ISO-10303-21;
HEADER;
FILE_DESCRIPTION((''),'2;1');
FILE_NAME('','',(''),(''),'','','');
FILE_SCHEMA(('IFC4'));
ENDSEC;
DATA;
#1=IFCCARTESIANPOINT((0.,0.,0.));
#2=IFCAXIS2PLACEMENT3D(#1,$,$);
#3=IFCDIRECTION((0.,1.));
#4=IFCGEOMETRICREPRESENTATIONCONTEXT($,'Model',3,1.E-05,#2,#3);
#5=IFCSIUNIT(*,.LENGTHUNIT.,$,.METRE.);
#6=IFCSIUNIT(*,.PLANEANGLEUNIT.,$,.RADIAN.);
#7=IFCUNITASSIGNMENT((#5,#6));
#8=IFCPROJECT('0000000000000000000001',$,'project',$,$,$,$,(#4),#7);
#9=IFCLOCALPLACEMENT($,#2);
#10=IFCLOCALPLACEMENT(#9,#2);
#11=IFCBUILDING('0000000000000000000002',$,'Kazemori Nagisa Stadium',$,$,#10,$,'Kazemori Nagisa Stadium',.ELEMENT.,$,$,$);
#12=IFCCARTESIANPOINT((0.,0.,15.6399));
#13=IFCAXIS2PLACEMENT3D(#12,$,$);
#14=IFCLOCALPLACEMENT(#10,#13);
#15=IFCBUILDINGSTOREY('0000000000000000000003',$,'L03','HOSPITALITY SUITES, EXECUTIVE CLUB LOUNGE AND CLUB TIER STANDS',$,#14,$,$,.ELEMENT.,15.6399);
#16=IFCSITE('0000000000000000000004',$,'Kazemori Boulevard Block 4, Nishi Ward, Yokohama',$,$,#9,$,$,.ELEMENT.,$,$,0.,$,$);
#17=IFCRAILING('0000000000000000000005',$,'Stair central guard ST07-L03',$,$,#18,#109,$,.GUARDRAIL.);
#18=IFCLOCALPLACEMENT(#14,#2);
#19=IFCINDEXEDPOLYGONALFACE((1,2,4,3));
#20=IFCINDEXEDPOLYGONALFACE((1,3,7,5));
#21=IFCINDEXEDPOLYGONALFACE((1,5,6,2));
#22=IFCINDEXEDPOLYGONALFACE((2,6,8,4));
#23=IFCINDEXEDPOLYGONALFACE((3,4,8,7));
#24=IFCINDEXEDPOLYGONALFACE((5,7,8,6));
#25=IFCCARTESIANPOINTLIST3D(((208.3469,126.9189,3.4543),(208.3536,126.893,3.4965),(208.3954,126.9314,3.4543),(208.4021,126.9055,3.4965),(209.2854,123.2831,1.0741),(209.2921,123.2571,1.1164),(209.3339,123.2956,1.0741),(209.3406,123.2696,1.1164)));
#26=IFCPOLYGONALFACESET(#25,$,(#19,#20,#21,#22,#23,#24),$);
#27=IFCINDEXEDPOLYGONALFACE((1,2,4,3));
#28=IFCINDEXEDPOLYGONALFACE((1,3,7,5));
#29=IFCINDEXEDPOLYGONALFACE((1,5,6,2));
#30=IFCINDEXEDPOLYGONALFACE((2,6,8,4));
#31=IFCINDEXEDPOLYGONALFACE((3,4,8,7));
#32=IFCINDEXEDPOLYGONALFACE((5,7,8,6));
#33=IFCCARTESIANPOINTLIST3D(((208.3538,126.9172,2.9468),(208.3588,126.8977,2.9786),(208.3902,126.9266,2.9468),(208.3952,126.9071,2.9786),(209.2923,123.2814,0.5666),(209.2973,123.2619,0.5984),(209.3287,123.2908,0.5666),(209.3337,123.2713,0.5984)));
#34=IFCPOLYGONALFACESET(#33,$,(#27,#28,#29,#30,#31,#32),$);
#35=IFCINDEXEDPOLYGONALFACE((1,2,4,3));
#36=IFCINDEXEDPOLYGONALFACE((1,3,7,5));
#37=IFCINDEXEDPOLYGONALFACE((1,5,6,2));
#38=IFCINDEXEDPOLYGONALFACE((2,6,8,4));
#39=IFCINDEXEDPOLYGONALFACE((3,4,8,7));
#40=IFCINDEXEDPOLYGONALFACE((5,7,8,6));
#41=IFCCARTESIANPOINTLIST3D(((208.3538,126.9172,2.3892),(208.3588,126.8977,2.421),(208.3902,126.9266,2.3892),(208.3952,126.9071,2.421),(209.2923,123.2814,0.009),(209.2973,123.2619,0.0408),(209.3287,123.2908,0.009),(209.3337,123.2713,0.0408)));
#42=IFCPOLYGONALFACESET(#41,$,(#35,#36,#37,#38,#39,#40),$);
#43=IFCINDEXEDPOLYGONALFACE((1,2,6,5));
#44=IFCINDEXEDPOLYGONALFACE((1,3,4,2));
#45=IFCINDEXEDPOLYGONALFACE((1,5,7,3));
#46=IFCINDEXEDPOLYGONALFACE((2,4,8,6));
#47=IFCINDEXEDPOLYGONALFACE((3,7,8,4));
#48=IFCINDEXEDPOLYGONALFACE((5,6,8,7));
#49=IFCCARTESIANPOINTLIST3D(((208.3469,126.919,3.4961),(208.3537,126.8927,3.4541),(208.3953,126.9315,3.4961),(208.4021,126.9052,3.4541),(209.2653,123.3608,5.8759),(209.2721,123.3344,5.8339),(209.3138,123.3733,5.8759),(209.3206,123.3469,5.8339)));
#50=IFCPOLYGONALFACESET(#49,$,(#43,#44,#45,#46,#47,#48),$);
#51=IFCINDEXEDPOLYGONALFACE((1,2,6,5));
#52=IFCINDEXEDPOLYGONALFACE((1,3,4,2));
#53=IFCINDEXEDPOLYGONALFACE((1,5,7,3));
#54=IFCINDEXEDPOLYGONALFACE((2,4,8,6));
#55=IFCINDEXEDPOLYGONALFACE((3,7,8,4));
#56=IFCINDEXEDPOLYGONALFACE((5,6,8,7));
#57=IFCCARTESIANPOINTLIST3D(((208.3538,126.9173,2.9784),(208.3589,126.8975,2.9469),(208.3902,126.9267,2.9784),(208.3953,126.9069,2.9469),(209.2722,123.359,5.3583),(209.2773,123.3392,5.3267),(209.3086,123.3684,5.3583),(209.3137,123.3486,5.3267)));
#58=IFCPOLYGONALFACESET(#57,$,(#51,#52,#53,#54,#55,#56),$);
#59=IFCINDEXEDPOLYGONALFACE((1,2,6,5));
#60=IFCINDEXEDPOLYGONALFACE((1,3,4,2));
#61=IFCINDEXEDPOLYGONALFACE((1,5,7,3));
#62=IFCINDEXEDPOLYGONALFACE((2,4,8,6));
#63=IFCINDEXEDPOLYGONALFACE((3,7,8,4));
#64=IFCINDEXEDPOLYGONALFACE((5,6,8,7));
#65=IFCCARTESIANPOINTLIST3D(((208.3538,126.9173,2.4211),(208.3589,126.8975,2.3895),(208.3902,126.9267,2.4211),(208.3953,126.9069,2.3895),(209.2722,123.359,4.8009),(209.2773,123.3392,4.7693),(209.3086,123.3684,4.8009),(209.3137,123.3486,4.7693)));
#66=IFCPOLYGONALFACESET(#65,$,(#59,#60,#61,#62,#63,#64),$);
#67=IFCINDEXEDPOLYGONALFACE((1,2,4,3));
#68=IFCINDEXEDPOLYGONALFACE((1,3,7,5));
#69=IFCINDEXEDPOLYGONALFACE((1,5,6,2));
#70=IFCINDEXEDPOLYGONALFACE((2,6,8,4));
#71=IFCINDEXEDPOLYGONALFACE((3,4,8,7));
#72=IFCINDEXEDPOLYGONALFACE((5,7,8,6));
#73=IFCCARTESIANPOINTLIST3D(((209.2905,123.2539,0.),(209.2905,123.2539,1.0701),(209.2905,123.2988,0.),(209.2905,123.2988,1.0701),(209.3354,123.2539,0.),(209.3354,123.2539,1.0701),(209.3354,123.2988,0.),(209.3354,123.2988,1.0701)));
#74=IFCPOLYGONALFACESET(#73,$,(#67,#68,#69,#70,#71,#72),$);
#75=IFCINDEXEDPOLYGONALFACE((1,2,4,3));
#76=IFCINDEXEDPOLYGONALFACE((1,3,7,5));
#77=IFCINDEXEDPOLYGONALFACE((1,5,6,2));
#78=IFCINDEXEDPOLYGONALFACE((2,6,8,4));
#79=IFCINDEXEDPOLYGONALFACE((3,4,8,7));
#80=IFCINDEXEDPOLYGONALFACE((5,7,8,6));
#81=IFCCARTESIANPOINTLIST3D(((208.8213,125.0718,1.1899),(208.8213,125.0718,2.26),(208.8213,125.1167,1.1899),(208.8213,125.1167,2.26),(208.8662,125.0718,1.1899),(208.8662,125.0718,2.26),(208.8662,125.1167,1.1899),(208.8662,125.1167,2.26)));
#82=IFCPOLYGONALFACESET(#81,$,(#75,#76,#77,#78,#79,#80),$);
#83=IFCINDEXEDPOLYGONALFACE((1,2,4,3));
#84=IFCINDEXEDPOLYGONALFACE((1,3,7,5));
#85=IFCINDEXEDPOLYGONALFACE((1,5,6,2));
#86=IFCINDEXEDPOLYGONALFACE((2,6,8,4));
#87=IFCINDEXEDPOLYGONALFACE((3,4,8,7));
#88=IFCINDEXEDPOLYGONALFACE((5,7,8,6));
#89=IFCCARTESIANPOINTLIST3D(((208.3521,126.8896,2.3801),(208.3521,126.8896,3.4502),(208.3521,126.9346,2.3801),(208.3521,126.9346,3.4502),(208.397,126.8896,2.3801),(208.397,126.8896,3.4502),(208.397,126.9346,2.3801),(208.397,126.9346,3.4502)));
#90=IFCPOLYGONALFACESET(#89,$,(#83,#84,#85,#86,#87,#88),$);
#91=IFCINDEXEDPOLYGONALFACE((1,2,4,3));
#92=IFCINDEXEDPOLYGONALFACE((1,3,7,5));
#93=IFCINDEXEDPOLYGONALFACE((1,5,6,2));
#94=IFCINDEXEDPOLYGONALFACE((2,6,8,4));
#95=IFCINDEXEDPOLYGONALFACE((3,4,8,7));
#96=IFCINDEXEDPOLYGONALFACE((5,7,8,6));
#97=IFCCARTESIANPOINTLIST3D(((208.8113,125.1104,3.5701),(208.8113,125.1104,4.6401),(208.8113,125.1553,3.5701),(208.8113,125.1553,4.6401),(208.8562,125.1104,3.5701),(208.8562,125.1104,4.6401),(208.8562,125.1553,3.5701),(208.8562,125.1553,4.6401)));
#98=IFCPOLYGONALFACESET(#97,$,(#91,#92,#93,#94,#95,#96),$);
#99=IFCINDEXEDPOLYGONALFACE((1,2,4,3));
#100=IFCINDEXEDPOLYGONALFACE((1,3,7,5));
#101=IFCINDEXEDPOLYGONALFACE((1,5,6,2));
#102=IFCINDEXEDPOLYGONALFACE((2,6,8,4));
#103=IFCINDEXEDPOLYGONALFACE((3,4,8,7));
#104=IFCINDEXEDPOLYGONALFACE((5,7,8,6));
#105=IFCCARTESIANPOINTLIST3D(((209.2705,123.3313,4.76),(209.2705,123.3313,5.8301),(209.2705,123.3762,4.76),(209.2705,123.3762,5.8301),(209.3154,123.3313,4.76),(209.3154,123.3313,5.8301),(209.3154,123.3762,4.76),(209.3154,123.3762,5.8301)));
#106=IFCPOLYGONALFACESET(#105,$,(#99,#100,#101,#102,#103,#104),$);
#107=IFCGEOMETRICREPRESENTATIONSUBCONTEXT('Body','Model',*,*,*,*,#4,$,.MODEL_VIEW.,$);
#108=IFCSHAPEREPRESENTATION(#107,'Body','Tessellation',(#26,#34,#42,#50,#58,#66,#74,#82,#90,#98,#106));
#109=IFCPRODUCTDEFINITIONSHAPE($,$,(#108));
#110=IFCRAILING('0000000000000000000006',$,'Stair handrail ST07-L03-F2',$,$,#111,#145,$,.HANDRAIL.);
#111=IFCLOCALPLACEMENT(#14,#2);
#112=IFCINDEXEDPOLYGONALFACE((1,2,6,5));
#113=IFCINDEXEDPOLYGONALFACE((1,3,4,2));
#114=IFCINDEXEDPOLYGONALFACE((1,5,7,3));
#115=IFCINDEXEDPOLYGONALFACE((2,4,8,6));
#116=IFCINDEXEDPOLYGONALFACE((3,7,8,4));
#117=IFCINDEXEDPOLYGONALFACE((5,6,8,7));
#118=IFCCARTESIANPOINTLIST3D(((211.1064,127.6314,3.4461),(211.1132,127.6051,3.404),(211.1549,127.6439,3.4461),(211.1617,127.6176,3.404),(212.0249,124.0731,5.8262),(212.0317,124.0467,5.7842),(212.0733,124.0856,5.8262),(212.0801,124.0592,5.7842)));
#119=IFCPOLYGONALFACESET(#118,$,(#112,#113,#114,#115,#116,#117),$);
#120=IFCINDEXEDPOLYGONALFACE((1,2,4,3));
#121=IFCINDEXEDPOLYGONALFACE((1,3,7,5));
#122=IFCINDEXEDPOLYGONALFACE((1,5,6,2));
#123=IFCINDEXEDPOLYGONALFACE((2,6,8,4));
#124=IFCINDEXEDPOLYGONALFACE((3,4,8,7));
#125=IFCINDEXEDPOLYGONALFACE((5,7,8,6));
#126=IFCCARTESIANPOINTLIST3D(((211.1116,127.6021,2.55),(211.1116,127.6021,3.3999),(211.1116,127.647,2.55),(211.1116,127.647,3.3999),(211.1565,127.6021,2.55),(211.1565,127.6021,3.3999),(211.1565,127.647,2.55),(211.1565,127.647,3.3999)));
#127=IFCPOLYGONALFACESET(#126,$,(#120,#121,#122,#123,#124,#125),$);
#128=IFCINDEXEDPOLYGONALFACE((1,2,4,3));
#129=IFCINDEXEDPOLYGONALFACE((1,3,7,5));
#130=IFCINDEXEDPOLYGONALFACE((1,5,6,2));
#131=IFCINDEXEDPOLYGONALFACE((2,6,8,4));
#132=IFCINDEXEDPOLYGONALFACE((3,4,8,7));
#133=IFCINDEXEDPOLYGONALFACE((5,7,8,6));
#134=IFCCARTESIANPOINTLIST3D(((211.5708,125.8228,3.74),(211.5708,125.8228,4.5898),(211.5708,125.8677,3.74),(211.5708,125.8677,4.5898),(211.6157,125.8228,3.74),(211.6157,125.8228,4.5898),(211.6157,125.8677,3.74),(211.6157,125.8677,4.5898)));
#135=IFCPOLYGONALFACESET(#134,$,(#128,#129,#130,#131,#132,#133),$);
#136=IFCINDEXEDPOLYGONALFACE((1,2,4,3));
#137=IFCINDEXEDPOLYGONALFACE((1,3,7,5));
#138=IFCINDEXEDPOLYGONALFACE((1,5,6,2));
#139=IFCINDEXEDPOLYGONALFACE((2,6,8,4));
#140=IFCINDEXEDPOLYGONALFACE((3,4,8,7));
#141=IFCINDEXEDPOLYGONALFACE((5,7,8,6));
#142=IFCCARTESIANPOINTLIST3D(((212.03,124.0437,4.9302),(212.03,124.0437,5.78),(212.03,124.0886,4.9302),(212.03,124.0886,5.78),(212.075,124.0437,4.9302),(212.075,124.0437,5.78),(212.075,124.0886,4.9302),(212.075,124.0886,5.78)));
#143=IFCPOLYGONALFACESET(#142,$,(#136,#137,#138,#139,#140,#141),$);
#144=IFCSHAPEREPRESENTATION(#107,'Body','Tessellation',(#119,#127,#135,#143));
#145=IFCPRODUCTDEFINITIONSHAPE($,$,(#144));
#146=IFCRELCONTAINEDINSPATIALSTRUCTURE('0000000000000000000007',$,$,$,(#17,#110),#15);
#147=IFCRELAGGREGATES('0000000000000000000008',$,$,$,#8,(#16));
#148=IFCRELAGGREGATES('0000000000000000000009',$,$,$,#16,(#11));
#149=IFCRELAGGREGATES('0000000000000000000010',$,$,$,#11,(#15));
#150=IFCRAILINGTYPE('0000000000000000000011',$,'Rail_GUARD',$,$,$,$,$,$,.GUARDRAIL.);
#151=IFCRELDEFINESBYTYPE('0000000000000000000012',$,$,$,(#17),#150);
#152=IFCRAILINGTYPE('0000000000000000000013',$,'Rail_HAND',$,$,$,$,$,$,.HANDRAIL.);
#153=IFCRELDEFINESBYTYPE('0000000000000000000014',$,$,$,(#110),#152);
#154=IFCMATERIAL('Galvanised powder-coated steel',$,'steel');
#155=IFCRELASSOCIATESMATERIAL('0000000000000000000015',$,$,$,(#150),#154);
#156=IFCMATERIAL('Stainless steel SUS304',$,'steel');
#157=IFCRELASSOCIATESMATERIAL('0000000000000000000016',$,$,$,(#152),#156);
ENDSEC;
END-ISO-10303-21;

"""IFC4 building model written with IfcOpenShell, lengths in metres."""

from ifc_helpers import new_model, si_unit, direction, frame, origin, origin_2d, place, context, subcontext, project, spatial, rectangle, extrude, material, type_object, element, save


model = new_model("IFC4")

# Units and contexts
model_context = context("Model", 3, precision=1e-05, world=origin(), true_north=direction((0.0, 1.0)))
body_context = subcontext(model_context, "Body", "Model", "MODEL_VIEW")
ifc_project = project(units=[si_unit("LENGTHUNIT", "METRE"), si_unit("PLANEANGLEUNIT", "RADIAN")], contexts=[model_context])

# Site, building, storey
site_placement = place(None, origin())
site = spatial("IfcSite", under=ifc_project, at=site_placement, Name="Kazemori Boulevard Block 4, Nishi Ward, Yokohama", CompositionType="ELEMENT", RefElevation=0.0)
building_placement = place(site_placement, origin())
building = spatial("IfcBuilding", under=site, at=building_placement, Name="Kazemori Nagisa Stadium", LongName="Kazemori Nagisa Stadium", CompositionType="ELEMENT")
storey_placement = place(building_placement, frame((0.0, 0.0, 15.6399)))
storey = spatial("IfcBuildingStorey", under=building, at=storey_placement, Name="L03", Description="HOSPITALITY SUITES, EXECUTIVE CLUB LOUNGE AND CLUB TIER STANDS", CompositionType="ELEMENT", Elevation=15.6399)

# Railings
ifc_material_1 = material(Name="Galvanised powder-coated steel", Category="steel")
railing_type_1 = type_object("IfcRailingType", Name="Rail_GUARD", PredefinedType="GUARDRAIL", material=ifc_material_1)
railing_1_placement = place(storey_placement, frame((209.313, 123.2764, 0.0)))
element("IfcRailing", 1, at=railing_1_placement, inside=storey, type_object=railing_type_1, Name="Stair central guard ST07-L03", PredefinedType="GUARDRAIL", context=body_context, shape_type="SweptSolid", body=[
    extrude(rectangle(XDim=0.05, YDim=0.05, at=origin_2d()), frame((0.0, 0.0, 1.0952), z_axis=(-0.211097, 0.817809, 0.535376), x_axis=(-0.968263, -0.249933, 0.0)), (0.0, 0.0, 1.0), 4.4458),
    extrude(rectangle(XDim=0.0376, YDim=0.0376, at=origin_2d()), frame((0.0, 0.0, 0.5825), z_axis=(-0.211097, 0.817809, 0.535376), x_axis=(-0.968263, -0.249933, 0.0)), (0.0, 0.0, 1.0), 4.4458),
    extrude(rectangle(XDim=0.0376, YDim=0.0376, at=origin_2d()), frame((0.0, 0.0, 0.0249), z_axis=(-0.211097, 0.817809, 0.535376), x_axis=(-0.968263, -0.249933, 0.0)), (0.0, 0.0, 1.0), 4.4458),
    extrude(rectangle(XDim=0.05, YDim=0.05, at=origin_2d()), frame((-0.9385, 3.6357, 3.4751), z_axis=(0.209776, -0.812729, 0.543567), x_axis=(0.968266, 0.249922, 0.0)), (0.0, 0.0, 1.0), 4.3782),
    extrude(rectangle(XDim=0.0376, YDim=0.0376, at=origin_2d()), frame((-0.9385, 3.6357, 2.9626), z_axis=(0.209776, -0.812729, 0.543567), x_axis=(0.968266, 0.249922, 0.0)), (0.0, 0.0, 1.0), 4.3782),
    extrude(rectangle(XDim=0.0376, YDim=0.0376, at=origin_2d()), frame((-0.9385, 3.6357, 2.4053), z_axis=(0.209776, -0.812729, 0.543567), x_axis=(0.968266, 0.249922, 0.0)), (0.0, 0.0, 1.0), 4.3782),
    extrude(rectangle(XDim=0.0449, YDim=0.0449, at=origin_2d()), origin(), (0.0, 0.0, 1.0), 1.0701),
    extrude(rectangle(XDim=0.0449, YDim=0.0449, at=origin_2d()), frame((-0.4692, 1.8179, 1.1899)), (0.0, 0.0, 1.0), 1.0701),
    extrude(rectangle(XDim=0.0449, YDim=0.0449, at=origin_2d()), frame((-0.9385, 3.6357, 2.3801)), (0.0, 0.0, 1.0), 1.0701),
    extrude(rectangle(XDim=0.0449, YDim=0.0449, at=origin_2d()), frame((-0.4792, 1.8564, 3.5701)), (0.0, 0.0, 1.0), 1.0701),
    extrude(rectangle(XDim=0.0449, YDim=0.0449, at=origin_2d()), frame((-0.02, 0.0774, 4.76)), (0.0, 0.0, 1.0), 1.0701),
])
ifc_material_2 = material(Name="Stainless steel SUS304", Category="steel")
railing_type_2 = type_object("IfcRailingType", Name="Rail_HAND", PredefinedType="HANDRAIL", material=ifc_material_2)
railing_2_placement = place(storey_placement, frame((211.134, 127.6245, 2.55)))
element("IfcRailing", 2, at=railing_2_placement, inside=storey, type_object=railing_type_2, Name="Stair handrail ST07-L03-F2", PredefinedType="HANDRAIL", context=body_context, shape_type="SweptSolid", body=[
    extrude(rectangle(XDim=0.05, YDim=0.05, at=origin_2d()), frame((0.0, 0.0, 0.875), z_axis=(0.20977, -0.812705, 0.543606), x_axis=(0.968266, 0.249922, 0.0)), (0.0, 0.0, 1.0), 4.3784),
    extrude(rectangle(XDim=0.0449, YDim=0.0449, at=origin_2d()), origin(), (0.0, 0.0, 1.0), 0.8499),
    extrude(rectangle(XDim=0.0449, YDim=0.0449, at=origin_2d()), frame((0.4592, -1.7793, 1.1899)), (0.0, 0.0, 1.0), 0.8499),
    extrude(rectangle(XDim=0.0449, YDim=0.0449, at=origin_2d()), frame((0.9185, -3.5583, 2.3801)), (0.0, 0.0, 1.0), 0.8499),
])

save(model, "model.ifc")
